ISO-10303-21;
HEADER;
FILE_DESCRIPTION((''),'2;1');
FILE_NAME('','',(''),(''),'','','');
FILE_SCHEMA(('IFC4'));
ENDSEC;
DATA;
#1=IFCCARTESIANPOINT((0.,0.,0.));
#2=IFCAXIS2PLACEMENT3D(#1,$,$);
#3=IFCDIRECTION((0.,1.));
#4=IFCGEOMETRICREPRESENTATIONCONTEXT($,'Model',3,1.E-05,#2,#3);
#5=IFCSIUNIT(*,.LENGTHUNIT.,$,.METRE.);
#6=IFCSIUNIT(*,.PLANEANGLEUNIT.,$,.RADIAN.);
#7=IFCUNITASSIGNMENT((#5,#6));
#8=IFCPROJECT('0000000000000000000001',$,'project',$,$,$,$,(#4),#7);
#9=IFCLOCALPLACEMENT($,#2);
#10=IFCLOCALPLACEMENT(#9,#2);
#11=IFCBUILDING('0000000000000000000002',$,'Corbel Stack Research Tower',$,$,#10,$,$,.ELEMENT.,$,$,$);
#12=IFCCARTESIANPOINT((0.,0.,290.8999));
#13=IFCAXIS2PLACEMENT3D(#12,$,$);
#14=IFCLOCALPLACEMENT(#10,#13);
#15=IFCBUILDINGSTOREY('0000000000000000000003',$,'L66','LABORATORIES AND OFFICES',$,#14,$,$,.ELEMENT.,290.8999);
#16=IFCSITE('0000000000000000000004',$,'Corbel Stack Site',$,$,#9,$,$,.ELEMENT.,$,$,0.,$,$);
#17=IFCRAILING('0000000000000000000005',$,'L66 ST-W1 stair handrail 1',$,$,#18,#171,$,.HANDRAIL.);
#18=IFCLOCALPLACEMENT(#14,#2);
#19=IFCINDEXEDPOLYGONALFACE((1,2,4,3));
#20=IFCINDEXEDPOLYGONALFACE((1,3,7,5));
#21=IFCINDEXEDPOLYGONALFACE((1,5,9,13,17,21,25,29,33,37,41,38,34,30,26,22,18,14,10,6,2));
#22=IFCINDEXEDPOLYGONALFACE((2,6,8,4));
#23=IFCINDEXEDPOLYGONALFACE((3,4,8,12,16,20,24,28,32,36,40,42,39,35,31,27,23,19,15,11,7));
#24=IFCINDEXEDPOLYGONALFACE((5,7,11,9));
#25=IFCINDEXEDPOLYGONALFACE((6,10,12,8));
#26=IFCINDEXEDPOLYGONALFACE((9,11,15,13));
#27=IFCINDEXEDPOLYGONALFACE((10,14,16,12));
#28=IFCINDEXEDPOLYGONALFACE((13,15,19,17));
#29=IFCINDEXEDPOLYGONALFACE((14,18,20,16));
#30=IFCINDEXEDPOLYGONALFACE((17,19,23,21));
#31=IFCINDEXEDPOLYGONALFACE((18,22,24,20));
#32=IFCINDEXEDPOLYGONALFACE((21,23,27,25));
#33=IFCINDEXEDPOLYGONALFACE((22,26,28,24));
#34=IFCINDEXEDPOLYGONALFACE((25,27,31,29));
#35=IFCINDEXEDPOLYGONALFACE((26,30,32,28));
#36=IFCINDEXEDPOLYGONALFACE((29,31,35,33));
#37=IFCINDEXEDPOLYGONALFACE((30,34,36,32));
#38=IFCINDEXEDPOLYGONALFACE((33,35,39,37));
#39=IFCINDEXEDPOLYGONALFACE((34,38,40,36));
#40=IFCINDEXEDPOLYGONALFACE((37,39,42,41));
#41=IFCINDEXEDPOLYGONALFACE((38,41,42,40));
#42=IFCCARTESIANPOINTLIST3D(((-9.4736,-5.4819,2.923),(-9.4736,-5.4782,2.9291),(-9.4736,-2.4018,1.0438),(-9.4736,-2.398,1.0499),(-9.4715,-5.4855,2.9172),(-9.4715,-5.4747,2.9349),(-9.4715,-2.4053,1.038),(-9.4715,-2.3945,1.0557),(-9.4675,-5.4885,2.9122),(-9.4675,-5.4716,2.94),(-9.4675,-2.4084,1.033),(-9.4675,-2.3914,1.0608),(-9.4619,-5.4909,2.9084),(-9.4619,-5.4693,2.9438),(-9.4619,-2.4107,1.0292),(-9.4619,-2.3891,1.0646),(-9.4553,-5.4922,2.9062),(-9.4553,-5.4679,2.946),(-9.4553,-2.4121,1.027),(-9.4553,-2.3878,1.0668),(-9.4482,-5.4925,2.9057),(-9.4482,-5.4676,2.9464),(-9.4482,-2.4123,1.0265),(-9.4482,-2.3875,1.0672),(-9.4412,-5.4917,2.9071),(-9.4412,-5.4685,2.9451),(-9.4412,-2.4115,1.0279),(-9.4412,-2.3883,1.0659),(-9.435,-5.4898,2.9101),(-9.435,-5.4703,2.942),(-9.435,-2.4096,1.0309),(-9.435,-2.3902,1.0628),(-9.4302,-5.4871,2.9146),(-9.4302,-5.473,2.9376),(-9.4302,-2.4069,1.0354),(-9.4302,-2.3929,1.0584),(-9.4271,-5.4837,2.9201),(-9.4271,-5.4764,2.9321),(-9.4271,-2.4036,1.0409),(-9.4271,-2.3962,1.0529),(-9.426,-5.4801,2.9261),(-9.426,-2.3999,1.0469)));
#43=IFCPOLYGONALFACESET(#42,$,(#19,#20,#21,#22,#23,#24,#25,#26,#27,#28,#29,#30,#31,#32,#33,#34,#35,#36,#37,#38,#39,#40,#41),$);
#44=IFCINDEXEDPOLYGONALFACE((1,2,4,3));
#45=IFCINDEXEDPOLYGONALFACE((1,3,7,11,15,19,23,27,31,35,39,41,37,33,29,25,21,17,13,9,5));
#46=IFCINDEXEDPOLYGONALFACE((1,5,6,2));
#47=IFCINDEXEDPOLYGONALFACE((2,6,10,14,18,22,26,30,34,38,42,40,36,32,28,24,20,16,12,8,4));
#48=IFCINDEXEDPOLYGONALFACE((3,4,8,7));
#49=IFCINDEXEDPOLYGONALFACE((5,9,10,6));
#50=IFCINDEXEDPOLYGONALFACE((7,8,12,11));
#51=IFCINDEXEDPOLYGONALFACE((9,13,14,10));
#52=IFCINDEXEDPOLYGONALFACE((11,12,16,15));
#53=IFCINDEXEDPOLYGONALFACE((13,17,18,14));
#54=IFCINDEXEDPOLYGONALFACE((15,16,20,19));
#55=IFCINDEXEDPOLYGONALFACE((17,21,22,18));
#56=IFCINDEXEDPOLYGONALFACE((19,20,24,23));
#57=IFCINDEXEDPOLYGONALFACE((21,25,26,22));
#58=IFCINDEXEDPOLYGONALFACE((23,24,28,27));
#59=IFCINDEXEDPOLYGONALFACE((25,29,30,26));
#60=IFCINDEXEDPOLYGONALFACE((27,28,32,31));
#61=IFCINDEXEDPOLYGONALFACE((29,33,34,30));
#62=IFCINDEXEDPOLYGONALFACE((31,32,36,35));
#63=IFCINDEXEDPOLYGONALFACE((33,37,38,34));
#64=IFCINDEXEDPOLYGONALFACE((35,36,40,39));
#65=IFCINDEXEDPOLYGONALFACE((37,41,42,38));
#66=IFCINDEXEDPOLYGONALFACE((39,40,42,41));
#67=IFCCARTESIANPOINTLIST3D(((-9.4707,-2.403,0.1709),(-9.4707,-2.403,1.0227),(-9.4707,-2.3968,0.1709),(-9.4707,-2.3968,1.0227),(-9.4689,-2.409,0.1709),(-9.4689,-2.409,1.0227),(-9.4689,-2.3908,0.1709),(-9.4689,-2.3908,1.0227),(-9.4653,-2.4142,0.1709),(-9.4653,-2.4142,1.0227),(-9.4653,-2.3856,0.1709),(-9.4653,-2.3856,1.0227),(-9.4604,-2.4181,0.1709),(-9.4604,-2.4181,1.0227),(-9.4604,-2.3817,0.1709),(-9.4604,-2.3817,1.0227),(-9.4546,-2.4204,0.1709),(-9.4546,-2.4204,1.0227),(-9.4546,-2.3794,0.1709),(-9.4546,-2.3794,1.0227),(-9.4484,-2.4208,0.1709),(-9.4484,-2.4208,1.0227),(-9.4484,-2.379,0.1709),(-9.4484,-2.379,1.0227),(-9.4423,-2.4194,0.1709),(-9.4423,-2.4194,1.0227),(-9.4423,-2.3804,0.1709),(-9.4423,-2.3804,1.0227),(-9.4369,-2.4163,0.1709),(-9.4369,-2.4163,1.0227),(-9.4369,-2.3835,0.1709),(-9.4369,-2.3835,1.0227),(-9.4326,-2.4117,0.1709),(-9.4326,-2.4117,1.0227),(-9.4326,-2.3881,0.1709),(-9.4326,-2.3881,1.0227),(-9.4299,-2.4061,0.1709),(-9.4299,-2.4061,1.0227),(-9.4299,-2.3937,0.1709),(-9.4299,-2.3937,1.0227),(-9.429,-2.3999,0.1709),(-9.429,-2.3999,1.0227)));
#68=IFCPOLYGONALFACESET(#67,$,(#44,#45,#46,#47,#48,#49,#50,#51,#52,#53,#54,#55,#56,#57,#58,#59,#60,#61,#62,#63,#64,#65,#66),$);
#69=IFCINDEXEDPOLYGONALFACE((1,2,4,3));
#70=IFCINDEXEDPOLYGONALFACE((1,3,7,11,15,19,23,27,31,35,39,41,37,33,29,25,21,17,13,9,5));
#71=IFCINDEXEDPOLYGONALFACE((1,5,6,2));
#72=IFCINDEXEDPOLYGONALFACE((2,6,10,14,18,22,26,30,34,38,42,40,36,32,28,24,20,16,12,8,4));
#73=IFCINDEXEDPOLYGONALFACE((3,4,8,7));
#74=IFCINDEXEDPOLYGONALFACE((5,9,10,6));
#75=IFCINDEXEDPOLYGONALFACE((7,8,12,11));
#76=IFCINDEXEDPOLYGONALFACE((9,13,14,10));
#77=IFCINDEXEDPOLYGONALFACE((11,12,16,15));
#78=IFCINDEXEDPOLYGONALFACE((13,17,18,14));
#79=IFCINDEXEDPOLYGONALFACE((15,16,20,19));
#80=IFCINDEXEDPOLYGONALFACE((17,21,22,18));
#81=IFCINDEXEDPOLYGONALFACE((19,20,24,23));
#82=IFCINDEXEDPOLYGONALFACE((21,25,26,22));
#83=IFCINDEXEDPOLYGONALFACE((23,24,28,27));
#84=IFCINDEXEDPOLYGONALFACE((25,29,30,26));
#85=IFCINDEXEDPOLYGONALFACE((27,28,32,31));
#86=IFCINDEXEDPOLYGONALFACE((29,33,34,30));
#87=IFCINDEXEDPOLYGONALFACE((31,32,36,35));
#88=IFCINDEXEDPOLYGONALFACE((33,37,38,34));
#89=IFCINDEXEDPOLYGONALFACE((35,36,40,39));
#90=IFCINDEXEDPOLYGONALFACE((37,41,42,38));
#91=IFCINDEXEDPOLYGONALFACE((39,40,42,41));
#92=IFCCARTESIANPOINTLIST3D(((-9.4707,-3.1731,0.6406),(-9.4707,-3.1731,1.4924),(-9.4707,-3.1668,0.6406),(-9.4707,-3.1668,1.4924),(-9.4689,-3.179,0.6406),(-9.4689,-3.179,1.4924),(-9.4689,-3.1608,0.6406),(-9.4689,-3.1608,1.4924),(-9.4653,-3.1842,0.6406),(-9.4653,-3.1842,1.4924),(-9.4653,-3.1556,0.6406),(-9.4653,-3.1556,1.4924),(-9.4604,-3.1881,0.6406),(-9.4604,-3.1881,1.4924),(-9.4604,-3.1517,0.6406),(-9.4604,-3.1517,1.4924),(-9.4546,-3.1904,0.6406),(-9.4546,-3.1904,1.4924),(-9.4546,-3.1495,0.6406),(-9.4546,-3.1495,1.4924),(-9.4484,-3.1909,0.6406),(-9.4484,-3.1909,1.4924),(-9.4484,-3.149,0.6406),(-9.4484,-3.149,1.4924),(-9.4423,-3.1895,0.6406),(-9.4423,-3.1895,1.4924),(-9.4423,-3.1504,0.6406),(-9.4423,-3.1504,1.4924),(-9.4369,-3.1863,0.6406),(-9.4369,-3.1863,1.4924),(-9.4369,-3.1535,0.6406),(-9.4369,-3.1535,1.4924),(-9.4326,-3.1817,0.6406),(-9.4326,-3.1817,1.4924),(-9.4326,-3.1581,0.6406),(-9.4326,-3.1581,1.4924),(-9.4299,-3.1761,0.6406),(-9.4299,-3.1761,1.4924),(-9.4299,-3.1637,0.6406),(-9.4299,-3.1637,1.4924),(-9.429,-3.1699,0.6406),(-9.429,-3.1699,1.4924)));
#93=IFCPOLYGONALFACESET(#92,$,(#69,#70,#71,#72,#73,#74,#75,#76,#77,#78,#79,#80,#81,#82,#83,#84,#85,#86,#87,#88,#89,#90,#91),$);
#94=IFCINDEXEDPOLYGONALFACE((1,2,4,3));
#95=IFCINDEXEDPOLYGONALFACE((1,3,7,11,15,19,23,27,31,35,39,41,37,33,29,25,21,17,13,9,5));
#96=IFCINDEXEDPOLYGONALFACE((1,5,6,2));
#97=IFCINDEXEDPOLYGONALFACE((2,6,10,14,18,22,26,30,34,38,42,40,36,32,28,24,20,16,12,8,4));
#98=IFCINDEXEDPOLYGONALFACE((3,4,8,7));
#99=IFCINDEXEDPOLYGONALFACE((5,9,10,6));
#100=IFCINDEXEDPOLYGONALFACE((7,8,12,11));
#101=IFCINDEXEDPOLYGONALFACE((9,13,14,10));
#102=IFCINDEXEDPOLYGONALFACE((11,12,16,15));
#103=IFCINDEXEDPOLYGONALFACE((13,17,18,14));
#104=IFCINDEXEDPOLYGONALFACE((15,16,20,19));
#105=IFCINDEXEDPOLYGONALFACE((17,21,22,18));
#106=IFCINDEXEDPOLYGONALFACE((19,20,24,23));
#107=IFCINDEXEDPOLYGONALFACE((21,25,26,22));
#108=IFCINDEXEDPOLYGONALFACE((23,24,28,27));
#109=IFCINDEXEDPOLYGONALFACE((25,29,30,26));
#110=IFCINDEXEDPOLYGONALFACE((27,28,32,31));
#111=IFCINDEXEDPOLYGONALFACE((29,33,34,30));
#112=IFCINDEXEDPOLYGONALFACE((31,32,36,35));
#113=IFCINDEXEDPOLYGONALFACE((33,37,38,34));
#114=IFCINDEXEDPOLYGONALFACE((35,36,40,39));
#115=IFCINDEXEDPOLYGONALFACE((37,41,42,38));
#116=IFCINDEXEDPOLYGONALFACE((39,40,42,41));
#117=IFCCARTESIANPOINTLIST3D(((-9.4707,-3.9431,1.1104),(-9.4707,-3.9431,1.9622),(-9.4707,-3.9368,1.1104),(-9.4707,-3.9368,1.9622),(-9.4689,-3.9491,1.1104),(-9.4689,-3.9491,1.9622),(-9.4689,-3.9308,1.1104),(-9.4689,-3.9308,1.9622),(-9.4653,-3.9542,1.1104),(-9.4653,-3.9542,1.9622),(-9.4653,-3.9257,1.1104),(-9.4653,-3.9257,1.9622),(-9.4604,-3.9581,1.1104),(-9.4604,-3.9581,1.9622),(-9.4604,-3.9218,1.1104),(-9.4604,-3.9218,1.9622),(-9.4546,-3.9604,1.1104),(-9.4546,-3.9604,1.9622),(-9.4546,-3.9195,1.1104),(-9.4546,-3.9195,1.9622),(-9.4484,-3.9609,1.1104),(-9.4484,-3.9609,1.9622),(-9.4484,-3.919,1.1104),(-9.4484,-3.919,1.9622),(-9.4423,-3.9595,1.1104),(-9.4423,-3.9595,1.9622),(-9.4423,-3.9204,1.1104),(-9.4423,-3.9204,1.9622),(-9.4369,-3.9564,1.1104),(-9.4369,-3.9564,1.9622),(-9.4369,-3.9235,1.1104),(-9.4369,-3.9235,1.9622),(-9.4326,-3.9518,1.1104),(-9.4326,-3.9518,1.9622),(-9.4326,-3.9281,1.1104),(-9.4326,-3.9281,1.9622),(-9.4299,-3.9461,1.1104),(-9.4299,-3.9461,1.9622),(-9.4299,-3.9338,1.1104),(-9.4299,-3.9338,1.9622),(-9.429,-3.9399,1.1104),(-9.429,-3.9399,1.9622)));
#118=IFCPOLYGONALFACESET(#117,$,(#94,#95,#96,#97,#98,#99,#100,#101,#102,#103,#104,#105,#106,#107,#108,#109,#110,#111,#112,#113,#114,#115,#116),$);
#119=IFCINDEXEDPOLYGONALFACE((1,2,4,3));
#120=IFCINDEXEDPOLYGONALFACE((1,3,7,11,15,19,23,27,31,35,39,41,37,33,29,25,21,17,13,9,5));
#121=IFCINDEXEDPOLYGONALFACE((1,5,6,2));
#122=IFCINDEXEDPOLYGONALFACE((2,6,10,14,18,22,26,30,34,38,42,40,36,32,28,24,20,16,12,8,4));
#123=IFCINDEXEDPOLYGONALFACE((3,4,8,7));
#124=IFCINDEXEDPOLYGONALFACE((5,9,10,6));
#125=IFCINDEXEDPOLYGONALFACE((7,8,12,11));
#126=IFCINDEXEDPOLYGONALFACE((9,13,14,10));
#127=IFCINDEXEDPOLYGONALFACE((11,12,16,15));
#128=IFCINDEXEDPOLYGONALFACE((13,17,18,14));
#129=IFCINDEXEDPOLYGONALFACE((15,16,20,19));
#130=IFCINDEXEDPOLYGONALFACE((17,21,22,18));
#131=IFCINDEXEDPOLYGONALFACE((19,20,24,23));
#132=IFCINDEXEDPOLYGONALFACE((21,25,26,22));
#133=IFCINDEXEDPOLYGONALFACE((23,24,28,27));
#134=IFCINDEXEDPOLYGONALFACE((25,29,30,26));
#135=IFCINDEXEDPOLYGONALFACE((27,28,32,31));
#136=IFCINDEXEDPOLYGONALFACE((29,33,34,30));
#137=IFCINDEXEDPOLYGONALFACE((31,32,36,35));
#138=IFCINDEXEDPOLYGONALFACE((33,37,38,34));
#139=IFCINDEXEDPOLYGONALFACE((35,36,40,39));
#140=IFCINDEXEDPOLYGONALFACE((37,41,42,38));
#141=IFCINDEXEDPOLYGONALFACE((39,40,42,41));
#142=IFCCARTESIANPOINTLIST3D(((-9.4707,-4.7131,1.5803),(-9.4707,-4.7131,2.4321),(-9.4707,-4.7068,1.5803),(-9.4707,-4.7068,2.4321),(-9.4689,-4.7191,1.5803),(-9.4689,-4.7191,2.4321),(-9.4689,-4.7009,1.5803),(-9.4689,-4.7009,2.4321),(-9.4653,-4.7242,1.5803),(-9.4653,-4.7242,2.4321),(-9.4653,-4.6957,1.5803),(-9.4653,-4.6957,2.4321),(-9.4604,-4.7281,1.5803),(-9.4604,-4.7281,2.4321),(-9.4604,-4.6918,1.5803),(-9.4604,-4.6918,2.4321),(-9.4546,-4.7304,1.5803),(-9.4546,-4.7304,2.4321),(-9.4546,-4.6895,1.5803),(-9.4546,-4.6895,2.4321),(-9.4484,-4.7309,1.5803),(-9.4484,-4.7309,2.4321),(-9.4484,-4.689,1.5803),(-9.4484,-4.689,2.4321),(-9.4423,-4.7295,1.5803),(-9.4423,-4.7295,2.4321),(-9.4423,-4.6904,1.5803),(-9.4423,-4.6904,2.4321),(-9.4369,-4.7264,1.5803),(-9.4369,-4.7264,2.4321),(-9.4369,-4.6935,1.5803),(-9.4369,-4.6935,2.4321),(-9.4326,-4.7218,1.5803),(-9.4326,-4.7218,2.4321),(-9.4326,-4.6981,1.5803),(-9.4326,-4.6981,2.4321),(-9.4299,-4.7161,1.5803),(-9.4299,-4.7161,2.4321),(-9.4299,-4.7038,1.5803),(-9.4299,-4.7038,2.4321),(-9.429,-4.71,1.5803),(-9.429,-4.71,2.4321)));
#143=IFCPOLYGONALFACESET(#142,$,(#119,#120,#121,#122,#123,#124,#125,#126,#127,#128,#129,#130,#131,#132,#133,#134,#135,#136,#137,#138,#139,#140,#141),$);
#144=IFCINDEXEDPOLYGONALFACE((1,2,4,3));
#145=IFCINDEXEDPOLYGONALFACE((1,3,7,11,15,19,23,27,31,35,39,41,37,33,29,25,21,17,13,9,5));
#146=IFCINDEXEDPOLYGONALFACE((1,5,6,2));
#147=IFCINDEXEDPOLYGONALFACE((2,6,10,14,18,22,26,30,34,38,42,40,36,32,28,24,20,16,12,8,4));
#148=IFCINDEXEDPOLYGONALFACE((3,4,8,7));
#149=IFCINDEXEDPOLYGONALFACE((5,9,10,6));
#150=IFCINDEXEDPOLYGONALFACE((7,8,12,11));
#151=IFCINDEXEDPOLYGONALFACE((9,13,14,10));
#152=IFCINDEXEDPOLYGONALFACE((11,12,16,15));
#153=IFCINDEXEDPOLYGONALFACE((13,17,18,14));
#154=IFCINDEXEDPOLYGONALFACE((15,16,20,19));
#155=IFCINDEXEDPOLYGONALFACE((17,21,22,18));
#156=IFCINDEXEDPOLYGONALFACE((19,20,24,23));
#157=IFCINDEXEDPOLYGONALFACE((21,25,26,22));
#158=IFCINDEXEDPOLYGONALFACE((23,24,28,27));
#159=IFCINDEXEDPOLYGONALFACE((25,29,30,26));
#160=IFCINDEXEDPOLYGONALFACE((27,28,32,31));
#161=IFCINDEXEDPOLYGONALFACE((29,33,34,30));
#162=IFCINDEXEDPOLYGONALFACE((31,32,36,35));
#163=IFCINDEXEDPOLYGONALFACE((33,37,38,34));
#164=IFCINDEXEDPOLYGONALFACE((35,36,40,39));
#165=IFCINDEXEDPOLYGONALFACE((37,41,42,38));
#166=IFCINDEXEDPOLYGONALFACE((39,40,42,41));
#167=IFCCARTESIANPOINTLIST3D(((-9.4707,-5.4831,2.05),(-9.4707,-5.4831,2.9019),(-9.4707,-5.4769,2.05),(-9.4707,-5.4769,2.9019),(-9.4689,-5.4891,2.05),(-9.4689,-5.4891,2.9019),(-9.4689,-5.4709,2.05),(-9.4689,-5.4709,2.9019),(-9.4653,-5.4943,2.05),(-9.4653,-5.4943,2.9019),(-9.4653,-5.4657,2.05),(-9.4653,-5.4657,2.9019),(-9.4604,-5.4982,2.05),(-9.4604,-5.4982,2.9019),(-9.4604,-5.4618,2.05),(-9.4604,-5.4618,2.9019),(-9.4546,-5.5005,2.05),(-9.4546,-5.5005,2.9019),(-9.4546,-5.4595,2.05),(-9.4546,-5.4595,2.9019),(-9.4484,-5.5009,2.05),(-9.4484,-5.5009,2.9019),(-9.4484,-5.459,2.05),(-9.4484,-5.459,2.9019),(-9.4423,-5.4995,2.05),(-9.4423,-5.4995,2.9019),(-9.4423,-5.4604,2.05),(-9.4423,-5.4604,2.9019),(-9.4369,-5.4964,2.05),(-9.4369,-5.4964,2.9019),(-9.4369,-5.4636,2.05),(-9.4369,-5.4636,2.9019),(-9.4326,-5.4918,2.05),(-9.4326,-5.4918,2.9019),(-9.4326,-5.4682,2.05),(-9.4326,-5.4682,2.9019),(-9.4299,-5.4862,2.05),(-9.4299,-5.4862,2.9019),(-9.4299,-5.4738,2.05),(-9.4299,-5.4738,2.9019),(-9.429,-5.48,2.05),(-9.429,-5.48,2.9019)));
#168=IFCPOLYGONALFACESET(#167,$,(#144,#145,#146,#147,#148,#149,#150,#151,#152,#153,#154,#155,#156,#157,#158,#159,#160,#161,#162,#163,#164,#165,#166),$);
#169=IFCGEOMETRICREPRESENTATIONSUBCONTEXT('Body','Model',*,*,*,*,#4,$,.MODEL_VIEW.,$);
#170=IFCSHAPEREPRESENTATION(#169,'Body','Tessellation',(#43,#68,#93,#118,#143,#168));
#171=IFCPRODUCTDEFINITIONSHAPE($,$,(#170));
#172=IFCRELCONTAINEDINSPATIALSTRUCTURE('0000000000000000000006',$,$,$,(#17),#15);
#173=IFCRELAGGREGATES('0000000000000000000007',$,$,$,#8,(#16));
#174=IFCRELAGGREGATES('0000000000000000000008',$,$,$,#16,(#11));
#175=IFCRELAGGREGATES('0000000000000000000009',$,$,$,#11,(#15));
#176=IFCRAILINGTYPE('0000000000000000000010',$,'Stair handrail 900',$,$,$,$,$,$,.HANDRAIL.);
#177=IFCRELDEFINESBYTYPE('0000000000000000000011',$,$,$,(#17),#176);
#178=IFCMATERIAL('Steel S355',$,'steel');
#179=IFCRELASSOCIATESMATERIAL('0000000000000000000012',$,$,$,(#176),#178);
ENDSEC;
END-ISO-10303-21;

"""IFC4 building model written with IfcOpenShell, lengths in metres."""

from ifc_helpers import new_model, si_unit, direction, frame, origin, origin_2d, place, context, subcontext, project, spatial, circle, extrude, material, type_object, element, save


model = new_model("IFC4")

# Units and contexts
model_context = context("Model", 3, precision=1e-05, world=origin(), true_north=direction((0.0, 1.0)))
body_context = subcontext(model_context, "Body", "Model", "MODEL_VIEW")
ifc_project = project(units=[si_unit("LENGTHUNIT", "METRE"), si_unit("PLANEANGLEUNIT", "RADIAN")], contexts=[model_context])

# Site, building, storey
site_placement = place(None, origin())
site = spatial("IfcSite", under=ifc_project, at=site_placement, Name="Corbel Stack Site", CompositionType="ELEMENT", RefElevation=0.0)
building_placement = place(site_placement, origin())
building = spatial("IfcBuilding", under=site, at=building_placement, Name="Corbel Stack Research Tower", CompositionType="ELEMENT")
storey_placement = place(building_placement, frame((0.0, 0.0, 290.8999)))
storey = spatial("IfcBuildingStorey", under=building, at=storey_placement, Name="L66", Description="LABORATORIES AND OFFICES", CompositionType="ELEMENT", Elevation=290.8999)

# Railing
ifc_material_1 = material(Name="Steel S355", Category="steel")
railing_type_1 = type_object("IfcRailingType", Name="Stair handrail 900", PredefinedType="HANDRAIL", material=ifc_material_1)
railing_placement = place(storey_placement, frame((-9.45, -2.3999, 0.1709)))
element("IfcRailing", 1, at=railing_placement, inside=storey, type_object=railing_type_1, Name="L66 ST-W1 stair handrail 1", PredefinedType="HANDRAIL", context=body_context, shape_type="SweptSolid", body=[
    extrude(circle(Radius=0.0239, at=origin_2d()), frame((0.0, 0.0, 0.876), z_axis=(0.0, -0.853666, 0.52082), x_axis=(1.0, 0.0, 0.0)), (0.0, 0.0, 1.0), 3.6082),
    extrude(circle(Radius=0.021, at=origin_2d()), origin(), (0.0, 0.0, 1.0), 0.8518),
    extrude(circle(Radius=0.021, at=origin_2d()), frame((0.0, -0.77, 0.4697)), (0.0, 0.0, 1.0), 0.8518),
    extrude(circle(Radius=0.021, at=origin_2d()), frame((0.0, -1.54, 0.9395)), (0.0, 0.0, 1.0), 0.8518),
    extrude(circle(Radius=0.021, at=origin_2d()), frame((0.0, -2.3101, 1.4094)), (0.0, 0.0, 1.0), 0.8518),
    extrude(circle(Radius=0.021, at=origin_2d()), frame((0.0, -3.0801, 1.8792)), (0.0, 0.0, 1.0), 0.8518),
])

save(model, "model.ifc")
